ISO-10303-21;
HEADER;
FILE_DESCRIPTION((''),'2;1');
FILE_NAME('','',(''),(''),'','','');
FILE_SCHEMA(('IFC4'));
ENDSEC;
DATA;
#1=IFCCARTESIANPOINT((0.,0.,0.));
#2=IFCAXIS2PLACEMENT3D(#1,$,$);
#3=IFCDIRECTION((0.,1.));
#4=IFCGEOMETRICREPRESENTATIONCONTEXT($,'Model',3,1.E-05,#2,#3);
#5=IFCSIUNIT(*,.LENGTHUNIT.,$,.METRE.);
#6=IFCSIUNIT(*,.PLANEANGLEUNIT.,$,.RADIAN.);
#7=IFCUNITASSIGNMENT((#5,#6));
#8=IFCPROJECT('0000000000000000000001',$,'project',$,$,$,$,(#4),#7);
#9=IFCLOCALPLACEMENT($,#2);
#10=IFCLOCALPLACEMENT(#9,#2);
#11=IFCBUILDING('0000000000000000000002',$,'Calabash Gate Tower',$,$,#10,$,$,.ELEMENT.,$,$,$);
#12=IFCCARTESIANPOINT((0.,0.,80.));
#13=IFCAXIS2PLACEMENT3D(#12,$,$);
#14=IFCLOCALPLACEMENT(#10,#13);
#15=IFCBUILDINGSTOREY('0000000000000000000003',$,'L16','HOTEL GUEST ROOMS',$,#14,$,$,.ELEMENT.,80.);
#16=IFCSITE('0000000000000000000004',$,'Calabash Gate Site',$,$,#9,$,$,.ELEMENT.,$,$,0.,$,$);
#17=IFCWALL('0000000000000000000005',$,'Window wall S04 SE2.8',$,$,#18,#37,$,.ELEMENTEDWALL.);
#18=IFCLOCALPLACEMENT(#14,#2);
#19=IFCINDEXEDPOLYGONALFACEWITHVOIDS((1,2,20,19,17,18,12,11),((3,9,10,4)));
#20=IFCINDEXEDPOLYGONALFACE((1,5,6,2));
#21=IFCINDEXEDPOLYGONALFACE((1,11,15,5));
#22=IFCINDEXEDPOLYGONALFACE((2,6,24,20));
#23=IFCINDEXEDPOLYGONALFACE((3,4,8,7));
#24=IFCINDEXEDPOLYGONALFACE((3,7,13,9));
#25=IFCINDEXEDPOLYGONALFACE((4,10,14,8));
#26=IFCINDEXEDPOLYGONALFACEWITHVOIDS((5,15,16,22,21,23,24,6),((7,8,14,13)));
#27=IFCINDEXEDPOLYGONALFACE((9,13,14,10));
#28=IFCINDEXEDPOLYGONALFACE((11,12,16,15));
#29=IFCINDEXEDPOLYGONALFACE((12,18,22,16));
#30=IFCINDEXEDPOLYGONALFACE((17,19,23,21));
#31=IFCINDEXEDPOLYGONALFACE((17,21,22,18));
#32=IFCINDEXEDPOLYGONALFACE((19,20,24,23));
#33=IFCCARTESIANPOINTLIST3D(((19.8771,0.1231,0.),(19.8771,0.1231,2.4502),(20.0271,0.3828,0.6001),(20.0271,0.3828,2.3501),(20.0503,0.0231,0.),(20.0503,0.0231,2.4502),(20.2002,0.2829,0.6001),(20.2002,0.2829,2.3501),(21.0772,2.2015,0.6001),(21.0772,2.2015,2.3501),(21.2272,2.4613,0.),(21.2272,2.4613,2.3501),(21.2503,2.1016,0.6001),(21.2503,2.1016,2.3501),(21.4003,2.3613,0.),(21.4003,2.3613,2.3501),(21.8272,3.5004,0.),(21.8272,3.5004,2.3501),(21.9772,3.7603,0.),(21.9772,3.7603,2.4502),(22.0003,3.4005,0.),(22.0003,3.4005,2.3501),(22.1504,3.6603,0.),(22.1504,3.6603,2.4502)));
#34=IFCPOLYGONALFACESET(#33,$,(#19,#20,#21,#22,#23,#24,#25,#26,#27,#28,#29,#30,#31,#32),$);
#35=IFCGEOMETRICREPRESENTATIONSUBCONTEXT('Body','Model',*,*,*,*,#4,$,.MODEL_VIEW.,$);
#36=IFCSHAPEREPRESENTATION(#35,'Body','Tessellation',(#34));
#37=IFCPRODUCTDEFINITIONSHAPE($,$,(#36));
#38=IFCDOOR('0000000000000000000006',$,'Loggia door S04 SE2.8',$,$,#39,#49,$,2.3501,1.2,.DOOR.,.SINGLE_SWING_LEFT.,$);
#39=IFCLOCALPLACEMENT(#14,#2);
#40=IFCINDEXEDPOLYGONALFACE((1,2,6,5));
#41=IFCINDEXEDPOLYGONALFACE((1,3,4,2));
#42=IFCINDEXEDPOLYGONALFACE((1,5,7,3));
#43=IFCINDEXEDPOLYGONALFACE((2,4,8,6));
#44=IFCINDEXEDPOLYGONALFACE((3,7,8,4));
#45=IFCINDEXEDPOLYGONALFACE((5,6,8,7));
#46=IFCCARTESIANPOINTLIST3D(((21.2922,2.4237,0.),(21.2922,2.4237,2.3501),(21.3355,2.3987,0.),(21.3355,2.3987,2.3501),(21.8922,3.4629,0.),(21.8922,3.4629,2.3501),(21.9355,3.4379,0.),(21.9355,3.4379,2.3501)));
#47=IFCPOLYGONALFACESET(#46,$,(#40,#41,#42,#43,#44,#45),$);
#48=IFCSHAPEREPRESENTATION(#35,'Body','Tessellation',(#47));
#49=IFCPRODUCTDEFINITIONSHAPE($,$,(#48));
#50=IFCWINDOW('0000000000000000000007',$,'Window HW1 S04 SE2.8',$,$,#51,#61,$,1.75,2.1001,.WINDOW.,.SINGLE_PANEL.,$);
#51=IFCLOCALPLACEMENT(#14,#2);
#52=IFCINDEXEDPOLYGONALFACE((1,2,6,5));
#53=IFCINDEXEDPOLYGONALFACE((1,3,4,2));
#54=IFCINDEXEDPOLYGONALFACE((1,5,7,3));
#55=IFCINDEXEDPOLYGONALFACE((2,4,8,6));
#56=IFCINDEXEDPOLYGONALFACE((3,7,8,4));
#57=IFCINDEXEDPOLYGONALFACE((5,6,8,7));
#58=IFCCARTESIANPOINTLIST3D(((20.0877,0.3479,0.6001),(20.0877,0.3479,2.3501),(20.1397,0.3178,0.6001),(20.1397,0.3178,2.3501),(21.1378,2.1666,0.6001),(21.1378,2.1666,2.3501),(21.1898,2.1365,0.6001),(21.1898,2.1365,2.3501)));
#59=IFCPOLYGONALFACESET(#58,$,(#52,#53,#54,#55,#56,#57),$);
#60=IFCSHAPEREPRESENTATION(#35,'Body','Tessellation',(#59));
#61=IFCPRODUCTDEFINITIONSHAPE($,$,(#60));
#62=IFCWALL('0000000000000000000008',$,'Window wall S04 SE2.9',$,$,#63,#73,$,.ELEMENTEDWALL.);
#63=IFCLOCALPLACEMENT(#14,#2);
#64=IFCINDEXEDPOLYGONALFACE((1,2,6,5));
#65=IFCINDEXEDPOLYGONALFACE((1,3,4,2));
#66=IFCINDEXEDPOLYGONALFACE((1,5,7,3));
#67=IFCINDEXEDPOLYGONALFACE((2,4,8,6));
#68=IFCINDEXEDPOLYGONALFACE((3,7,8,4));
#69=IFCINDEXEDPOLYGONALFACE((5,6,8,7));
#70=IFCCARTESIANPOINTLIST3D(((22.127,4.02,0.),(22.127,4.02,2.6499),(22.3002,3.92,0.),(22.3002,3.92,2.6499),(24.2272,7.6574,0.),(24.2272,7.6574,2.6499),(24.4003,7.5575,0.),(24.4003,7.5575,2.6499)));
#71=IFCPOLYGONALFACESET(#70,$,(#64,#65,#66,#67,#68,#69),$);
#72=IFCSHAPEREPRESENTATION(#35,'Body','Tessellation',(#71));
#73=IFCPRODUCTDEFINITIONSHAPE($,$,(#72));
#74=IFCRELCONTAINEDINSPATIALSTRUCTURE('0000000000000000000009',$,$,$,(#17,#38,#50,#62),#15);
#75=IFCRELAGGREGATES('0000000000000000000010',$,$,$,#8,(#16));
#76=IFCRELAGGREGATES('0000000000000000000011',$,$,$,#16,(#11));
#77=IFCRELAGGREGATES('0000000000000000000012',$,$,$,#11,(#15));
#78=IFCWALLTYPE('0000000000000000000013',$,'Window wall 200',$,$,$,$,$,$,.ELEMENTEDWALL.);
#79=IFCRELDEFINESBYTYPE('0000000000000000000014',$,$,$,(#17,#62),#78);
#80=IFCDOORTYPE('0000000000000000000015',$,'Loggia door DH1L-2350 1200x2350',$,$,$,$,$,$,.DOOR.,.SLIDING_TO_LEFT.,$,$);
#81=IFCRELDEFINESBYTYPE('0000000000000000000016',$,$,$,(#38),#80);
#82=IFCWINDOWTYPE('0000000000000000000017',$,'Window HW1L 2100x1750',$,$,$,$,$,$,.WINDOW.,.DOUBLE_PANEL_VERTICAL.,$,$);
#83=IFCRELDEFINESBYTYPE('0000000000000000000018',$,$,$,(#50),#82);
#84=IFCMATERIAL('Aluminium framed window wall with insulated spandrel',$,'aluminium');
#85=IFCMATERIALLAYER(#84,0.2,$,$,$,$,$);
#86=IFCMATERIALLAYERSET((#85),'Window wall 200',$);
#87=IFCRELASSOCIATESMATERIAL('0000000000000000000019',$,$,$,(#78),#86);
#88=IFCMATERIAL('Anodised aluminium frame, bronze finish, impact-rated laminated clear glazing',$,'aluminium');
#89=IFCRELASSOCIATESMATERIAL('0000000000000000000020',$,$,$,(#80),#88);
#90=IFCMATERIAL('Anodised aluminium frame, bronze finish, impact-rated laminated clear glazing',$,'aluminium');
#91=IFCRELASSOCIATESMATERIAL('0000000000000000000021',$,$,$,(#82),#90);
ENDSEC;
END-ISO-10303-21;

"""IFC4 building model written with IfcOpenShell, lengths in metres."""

from ifc_helpers import new_model, si_unit, direction, frame, frame_2d, origin, place, context, subcontext, project, spatial, rectangle, extrude, material, layer, layer_set, type_object, element, fill, save


model = new_model("IFC4")

# Units and contexts
model_context = context("Model", 3, precision=1e-05, world=origin(), true_north=direction((0.0, 1.0)))
body_context = subcontext(model_context, "Body", "Model", "MODEL_VIEW")
ifc_project = project(units=[si_unit("LENGTHUNIT", "METRE"), si_unit("PLANEANGLEUNIT", "RADIAN")], contexts=[model_context])

# Site, building, storey
site_placement = place(None, origin())
site = spatial("IfcSite", under=ifc_project, at=site_placement, Name="Calabash Gate Site", CompositionType="ELEMENT", RefElevation=0.0)
building_placement = place(site_placement, origin())
building = spatial("IfcBuilding", under=site, at=building_placement, Name="Calabash Gate Tower", CompositionType="ELEMENT")
storey_placement = place(building_placement, frame((0.0, 0.0, 80.0)))
storey = spatial("IfcBuildingStorey", under=building, at=storey_placement, Name="L16", Description="HOTEL GUEST ROOMS", CompositionType="ELEMENT", Elevation=80.0)

# Wall, openings, door, window
ifc_material_1 = material(Name="Aluminium framed window wall with insulated spandrel", Category="aluminium")
ifc_layer_1 = layer(ifc_material_1, 0.2)
ifc_layer_set_1 = layer_set([ifc_layer_1], Name="Window wall 200")
wall_type_1 = type_object("IfcWallType", Name="Window wall 200", PredefinedType="ELEMENTEDWALL", material=ifc_layer_set_1)
wall_1_placement = place(storey_placement, frame((19.9636, 0.073, 0.0), z_axis=(0.0, 0.0, 1.0), x_axis=(0.500028, 0.866009, 0.0)))
wall_1 = element("IfcWall", 1, at=wall_1_placement, inside=storey, type_object=wall_type_1, Name="Window wall S04 SE2.8", PredefinedType="ELEMENTEDWALL", context=body_context, shape_type="SweptSolid", body=[
    extrude(rectangle(XDim=4.2, YDim=0.2, at=frame_2d((2.1001, 0.0))), origin(), (0.0, 0.0, 1.0), 2.4502),
])
opening_1_placement = place(wall_1_placement, frame((0.3, 0.0, 0.6001)))
opening_1 = element("IfcOpeningElement", 2, at=opening_1_placement, cuts=wall_1, PredefinedType="OPENING", context=body_context, shape_type="SweptSolid", body=[
    extrude(rectangle(XDim=2.1001, YDim=1.75, at=frame_2d((1.05, 0.875))), frame((0.0, 0.1099, 0.0), z_axis=(0.0, -1.0, 0.0), x_axis=(1.0, 0.0, 0.0)), (0.0, 0.0, 1.0), 0.22),
])
opening_2_placement = place(wall_1_placement, frame((2.7, 0.0, 0.0)))
opening_2 = element("IfcOpeningElement", 3, at=opening_2_placement, cuts=wall_1, PredefinedType="OPENING", context=body_context, shape_type="SweptSolid", body=[
    extrude(rectangle(XDim=1.2, YDim=2.3501, at=frame_2d((0.6001, 1.175))), frame((0.0, 0.1099, 0.0), z_axis=(0.0, -1.0, 0.0), x_axis=(1.0, 0.0, 0.0)), (0.0, 0.0, 1.0), 0.22),
])
ifc_material_2 = material(Name="Anodised aluminium frame, bronze finish, impact-rated laminated clear glazing", Category="aluminium")
door_type_1 = type_object("IfcDoorType", Name="Loggia door DH1L-2350 1200x2350", OperationType="SLIDING_TO_LEFT", PredefinedType="DOOR", material=ifc_material_2)
door_1_placement = place(opening_2_placement, origin())
door_1 = element("IfcDoor", 4, at=door_1_placement, inside=storey, type_object=door_type_1, Name="Loggia door S04 SE2.8", OperationType="SINGLE_SWING_LEFT", OverallHeight=2.3501, OverallWidth=1.2, PredefinedType="DOOR", context=body_context, shape_type="SweptSolid", body=[
    extrude(rectangle(XDim=1.2, YDim=2.3501, at=frame_2d((0.6001, 1.175))), frame((0.0, 0.0249, 0.0), z_axis=(0.0, -1.0, 0.0), x_axis=(1.0, 0.0, 0.0)), (0.0, 0.0, 1.0), 0.05),
])
fill(opening_2, door_1)
ifc_material_3 = material(Name="Anodised aluminium frame, bronze finish, impact-rated laminated clear glazing", Category="aluminium")
window_type = type_object("IfcWindowType", Name="Window HW1L 2100x1750", PartitioningType="DOUBLE_PANEL_VERTICAL", PredefinedType="WINDOW", material=ifc_material_3)
window_placement = place(opening_1_placement, origin())
window = element("IfcWindow", 5, at=window_placement, inside=storey, type_object=window_type, Name="Window HW1 S04 SE2.8", OverallHeight=1.75, OverallWidth=2.1001, PartitioningType="SINGLE_PANEL", PredefinedType="WINDOW", context=body_context, shape_type="SweptSolid", body=[
    extrude(rectangle(XDim=2.1001, YDim=1.75, at=frame_2d((1.05, 0.875))), frame((0.0, 0.03, 0.0), z_axis=(0.0, -1.0, 0.0), x_axis=(1.0, 0.0, 0.0)), (0.0, 0.0, 1.0), 0.0601),
])
fill(opening_1, window)

# Wall
wall_2_placement = place(storey_placement, frame((22.2136, 3.97, 0.0), z_axis=(0.0, 0.0, 1.0), x_axis=(0.500003, 0.866024, 0.0)))
element("IfcWall", 6, at=wall_2_placement, inside=storey, type_object=wall_type_1, Name="Window wall S04 SE2.9", PredefinedType="ELEMENTEDWALL", context=body_context, shape_type="SweptSolid", body=[
    extrude(rectangle(XDim=4.2002, YDim=0.2, at=frame_2d((2.1001, 0.0))), origin(), (0.0, 0.0, 1.0), 2.6499),
])

save(model, "model.ifc")
